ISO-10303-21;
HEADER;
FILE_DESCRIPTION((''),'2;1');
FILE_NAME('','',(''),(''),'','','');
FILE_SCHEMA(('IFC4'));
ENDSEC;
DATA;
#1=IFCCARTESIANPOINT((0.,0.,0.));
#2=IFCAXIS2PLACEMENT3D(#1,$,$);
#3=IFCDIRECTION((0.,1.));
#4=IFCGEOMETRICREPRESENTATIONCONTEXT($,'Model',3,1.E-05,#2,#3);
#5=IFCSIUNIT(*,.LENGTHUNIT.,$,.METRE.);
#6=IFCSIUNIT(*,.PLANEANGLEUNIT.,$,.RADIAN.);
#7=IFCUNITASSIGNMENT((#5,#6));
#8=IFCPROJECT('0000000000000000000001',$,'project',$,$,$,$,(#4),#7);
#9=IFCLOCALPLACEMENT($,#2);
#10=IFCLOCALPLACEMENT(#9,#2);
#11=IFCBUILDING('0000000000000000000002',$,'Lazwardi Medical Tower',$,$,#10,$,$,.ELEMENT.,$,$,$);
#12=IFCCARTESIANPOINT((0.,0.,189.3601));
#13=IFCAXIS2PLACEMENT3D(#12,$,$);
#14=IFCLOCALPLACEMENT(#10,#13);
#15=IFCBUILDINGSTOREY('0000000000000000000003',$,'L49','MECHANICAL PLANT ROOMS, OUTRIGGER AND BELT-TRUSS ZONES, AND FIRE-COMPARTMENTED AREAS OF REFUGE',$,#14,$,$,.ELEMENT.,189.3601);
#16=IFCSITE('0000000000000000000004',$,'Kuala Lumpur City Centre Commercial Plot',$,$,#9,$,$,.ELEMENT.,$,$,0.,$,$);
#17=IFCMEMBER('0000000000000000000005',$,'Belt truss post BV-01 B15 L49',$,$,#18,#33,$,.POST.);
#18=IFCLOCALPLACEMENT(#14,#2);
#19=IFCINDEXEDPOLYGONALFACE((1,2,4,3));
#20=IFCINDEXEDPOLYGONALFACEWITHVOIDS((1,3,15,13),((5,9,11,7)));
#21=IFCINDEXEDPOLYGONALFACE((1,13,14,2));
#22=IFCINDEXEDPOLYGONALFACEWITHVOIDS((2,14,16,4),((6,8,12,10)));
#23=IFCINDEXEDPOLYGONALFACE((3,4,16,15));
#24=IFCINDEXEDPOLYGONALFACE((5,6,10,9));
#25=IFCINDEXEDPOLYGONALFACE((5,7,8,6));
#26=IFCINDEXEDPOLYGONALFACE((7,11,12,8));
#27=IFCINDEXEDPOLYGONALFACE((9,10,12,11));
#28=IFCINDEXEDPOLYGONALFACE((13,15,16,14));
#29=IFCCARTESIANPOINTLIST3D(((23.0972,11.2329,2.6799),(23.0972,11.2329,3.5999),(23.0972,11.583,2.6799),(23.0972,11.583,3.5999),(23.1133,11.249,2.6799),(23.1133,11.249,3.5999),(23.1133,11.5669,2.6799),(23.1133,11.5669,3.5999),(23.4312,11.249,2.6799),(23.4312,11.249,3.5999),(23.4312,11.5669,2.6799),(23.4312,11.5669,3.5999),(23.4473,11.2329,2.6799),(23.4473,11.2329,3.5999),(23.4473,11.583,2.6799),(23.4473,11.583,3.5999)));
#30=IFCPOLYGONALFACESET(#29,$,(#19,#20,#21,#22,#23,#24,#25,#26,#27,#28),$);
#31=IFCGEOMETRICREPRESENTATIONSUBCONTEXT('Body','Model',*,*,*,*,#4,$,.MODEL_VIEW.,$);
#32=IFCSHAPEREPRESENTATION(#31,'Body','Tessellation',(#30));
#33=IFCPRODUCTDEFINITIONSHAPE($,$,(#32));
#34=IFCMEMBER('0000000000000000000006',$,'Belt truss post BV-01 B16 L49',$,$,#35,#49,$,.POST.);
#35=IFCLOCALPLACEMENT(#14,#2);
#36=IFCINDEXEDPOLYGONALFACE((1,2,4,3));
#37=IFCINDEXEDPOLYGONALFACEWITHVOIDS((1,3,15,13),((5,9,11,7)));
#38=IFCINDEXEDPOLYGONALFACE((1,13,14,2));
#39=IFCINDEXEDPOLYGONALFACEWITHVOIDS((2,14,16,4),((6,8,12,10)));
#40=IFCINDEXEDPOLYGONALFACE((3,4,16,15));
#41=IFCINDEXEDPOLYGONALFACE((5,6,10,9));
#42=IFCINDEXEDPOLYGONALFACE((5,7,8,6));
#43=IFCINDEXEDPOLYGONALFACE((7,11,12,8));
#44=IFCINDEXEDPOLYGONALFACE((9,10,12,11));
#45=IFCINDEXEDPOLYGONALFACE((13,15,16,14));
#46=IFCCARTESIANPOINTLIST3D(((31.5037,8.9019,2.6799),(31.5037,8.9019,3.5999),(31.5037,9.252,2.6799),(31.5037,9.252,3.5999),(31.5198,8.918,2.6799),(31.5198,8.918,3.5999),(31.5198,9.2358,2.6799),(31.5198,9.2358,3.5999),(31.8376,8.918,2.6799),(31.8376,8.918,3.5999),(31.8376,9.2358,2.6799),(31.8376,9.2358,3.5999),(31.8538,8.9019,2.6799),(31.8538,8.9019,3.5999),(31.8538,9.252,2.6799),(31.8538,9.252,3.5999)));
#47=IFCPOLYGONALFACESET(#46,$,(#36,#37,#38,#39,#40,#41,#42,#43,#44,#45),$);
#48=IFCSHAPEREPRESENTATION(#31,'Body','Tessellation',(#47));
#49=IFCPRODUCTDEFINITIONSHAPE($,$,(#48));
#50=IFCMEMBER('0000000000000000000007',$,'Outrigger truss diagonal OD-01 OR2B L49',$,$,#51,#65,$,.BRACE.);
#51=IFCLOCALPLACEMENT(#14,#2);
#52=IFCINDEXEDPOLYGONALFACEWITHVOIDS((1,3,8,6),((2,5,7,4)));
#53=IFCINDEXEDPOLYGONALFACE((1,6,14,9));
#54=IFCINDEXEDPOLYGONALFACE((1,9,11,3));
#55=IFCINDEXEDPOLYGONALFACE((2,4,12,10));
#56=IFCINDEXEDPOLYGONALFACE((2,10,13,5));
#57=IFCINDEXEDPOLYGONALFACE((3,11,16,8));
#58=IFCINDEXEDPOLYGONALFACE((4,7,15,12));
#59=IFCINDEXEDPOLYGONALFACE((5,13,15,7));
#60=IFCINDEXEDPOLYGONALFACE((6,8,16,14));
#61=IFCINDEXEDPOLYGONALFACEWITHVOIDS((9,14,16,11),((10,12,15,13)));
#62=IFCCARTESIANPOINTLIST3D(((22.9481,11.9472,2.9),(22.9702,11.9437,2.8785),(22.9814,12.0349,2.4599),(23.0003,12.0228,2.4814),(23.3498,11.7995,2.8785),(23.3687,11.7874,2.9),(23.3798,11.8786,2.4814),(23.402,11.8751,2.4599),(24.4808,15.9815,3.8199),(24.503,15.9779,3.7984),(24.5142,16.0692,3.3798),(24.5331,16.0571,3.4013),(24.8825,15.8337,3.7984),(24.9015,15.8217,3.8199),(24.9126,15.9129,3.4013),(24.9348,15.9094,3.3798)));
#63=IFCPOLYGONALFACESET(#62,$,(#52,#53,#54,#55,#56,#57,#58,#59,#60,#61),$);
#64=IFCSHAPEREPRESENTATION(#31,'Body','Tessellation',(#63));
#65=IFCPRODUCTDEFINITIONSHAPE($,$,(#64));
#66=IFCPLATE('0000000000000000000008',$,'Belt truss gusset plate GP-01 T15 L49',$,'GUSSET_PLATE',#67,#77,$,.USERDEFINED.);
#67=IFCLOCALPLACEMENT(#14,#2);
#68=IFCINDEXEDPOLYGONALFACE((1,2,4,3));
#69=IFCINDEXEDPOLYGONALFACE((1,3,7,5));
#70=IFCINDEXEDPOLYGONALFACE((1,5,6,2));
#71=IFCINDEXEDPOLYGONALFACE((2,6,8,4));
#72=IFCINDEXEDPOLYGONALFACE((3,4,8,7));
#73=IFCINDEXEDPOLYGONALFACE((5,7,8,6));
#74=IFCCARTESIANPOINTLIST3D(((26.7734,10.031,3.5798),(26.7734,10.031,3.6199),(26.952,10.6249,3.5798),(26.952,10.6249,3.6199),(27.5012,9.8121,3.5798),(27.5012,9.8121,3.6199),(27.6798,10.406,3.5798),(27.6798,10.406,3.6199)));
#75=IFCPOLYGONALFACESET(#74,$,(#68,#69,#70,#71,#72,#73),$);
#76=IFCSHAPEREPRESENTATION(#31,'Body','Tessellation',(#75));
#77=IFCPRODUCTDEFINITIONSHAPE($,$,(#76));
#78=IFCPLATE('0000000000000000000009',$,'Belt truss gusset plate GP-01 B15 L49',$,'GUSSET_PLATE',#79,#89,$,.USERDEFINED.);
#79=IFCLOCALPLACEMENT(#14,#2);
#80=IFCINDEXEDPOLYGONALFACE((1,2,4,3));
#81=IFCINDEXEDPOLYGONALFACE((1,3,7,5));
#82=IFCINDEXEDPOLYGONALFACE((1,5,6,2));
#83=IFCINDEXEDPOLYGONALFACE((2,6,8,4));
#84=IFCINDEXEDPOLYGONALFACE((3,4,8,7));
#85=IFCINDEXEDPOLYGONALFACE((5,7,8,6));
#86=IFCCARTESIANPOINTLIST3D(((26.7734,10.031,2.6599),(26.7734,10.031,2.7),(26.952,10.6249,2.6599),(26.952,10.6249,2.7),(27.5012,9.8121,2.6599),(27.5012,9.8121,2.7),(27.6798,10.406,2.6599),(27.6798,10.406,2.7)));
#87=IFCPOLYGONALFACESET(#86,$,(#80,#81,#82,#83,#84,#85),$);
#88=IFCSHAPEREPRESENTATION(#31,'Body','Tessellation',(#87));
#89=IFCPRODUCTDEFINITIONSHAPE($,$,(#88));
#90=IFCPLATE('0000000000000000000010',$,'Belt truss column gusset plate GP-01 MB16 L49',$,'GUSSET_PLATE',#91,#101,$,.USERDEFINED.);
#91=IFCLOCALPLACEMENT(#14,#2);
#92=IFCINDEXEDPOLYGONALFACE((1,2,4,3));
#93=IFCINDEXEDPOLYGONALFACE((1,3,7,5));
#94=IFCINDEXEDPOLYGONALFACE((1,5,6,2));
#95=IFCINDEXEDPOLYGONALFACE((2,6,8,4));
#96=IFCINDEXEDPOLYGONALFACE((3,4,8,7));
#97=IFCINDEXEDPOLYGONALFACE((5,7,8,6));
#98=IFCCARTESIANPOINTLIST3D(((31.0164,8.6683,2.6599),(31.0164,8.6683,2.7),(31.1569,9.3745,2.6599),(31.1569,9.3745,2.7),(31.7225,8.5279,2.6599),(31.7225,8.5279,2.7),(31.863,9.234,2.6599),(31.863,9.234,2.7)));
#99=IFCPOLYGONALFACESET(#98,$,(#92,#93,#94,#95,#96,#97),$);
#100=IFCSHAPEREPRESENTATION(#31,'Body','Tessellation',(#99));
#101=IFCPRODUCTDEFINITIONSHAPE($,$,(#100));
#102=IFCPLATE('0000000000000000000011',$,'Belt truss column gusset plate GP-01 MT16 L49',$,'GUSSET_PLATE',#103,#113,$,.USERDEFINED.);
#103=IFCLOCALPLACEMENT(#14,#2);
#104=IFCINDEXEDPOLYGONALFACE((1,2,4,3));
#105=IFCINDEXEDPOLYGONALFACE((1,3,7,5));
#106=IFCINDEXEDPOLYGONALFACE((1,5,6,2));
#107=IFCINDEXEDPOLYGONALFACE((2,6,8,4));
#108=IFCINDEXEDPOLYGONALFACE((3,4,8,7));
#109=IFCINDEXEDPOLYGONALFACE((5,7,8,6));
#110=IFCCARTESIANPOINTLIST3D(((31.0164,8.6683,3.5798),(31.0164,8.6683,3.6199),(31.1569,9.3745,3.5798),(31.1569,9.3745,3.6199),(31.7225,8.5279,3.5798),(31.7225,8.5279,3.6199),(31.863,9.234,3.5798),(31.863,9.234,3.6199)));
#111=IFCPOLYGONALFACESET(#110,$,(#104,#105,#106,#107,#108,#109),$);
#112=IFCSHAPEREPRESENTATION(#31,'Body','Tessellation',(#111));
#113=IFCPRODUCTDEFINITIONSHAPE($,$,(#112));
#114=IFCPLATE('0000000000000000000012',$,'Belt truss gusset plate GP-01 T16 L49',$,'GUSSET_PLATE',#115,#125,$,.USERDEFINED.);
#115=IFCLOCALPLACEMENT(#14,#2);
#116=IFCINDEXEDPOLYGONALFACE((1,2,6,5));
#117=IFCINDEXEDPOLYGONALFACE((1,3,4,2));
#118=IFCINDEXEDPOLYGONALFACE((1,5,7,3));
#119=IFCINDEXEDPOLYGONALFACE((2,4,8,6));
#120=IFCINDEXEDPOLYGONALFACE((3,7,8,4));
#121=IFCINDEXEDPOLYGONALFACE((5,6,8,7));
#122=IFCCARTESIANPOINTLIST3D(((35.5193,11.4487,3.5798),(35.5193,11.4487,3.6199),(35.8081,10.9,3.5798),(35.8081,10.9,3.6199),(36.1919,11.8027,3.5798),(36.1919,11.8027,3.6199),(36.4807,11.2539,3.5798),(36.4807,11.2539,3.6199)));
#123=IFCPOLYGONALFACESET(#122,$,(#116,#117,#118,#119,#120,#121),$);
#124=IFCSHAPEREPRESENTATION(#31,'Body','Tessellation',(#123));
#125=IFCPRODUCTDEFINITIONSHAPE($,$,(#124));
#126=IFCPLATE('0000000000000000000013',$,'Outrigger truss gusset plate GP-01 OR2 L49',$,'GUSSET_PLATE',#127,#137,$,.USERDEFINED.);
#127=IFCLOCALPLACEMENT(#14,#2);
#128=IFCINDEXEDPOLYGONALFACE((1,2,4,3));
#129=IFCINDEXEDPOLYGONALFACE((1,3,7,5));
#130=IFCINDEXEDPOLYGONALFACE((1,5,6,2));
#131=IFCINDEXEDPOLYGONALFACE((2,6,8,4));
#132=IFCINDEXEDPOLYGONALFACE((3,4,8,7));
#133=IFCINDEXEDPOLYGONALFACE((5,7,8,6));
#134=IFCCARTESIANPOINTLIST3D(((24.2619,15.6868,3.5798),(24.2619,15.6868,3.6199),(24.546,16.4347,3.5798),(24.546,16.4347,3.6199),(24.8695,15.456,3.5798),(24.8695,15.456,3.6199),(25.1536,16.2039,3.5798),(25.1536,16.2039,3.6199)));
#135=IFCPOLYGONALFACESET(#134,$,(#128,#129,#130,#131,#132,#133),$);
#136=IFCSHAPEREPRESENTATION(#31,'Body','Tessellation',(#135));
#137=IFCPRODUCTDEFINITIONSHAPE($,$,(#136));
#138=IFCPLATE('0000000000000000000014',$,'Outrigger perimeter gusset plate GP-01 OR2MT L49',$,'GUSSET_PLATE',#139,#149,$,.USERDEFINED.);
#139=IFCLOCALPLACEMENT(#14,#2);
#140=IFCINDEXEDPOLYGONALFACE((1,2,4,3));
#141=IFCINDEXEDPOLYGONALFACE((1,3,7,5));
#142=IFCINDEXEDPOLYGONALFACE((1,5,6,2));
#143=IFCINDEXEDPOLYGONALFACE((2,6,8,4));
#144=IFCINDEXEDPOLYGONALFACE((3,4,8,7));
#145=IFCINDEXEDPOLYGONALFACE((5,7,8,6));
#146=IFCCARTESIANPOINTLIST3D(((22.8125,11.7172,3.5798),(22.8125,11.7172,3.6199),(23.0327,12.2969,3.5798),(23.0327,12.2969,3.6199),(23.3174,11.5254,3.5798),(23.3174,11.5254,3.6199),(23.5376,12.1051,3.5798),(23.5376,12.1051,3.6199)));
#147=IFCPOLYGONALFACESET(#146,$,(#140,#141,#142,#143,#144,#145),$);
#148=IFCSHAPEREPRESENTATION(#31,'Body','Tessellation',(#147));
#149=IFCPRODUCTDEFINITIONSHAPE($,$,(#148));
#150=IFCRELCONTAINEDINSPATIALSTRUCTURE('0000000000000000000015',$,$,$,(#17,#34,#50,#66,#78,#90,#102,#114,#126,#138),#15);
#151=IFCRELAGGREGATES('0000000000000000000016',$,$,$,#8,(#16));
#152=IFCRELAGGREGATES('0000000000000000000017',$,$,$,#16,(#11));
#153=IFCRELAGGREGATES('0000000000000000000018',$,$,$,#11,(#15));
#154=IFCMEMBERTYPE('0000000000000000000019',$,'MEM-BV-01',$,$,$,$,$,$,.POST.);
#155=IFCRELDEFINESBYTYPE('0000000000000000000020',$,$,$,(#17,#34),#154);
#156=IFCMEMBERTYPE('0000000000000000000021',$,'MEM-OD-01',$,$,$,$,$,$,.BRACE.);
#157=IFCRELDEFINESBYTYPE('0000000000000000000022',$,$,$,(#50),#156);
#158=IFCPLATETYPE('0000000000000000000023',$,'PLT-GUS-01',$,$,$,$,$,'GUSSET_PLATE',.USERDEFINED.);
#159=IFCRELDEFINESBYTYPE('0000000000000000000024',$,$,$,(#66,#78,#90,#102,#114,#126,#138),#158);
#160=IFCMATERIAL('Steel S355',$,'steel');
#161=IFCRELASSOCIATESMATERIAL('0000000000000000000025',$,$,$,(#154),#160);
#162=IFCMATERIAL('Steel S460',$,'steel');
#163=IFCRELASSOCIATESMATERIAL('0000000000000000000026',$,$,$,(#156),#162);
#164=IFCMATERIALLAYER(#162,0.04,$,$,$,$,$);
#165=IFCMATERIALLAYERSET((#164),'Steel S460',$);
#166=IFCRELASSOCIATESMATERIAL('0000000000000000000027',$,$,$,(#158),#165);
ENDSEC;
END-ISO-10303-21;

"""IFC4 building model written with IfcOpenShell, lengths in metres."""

from ifc_helpers import new_model, si_unit, direction, frame, origin, origin_2d, place, context, subcontext, project, spatial, rectangle, hollow_rectangle, extrude, material, layer, layer_set, material_profile, profile_set, type_object, element, save


model = new_model("IFC4")

# Units and contexts
model_context = context("Model", 3, precision=1e-05, world=origin(), true_north=direction((0.0, 1.0)))
body_context = subcontext(model_context, "Body", "Model", "MODEL_VIEW")
ifc_project = project(units=[si_unit("LENGTHUNIT", "METRE"), si_unit("PLANEANGLEUNIT", "RADIAN")], contexts=[model_context])

# Site, building, storey
site_placement = place(None, origin())
site = spatial("IfcSite", under=ifc_project, at=site_placement, Name="Kuala Lumpur City Centre Commercial Plot", CompositionType="ELEMENT", RefElevation=0.0)
building_placement = place(site_placement, origin())
building = spatial("IfcBuilding", under=site, at=building_placement, Name="Lazwardi Medical Tower", CompositionType="ELEMENT")
storey_placement = place(building_placement, frame((0.0, 0.0, 189.3601)))
storey = spatial("IfcBuildingStorey", under=building, at=storey_placement, Name="L49", Description="MECHANICAL PLANT ROOMS, OUTRIGGER AND BELT-TRUSS ZONES, AND FIRE-COMPARTMENTED AREAS OF REFUGE", CompositionType="ELEMENT", Elevation=189.3601)

# Shared definitions
ifc_material_1 = material(Name="Steel S355", Category="steel")
ifc_material_2 = material(Name="Steel S460", Category="steel")

# Members
ifc_material_profile_1 = material_profile(ifc_material_1, hollow_rectangle(XDim=0.3501, YDim=0.3501, WallThickness=0.0161, at=origin_2d()), Name="RHS 350x350x16")
ifc_profile_set_1 = profile_set([ifc_material_profile_1], Name="Steel S355")
member_type_1 = type_object("IfcMemberType", Name="MEM-BV-01", PredefinedType="POST", material=ifc_profile_set_1)
for number, where, z_axis, x_axis, name in (
    (1, (23.2722, 11.408, 2.6799), (0.0, 0.0, 1.0), (1.0, 0.0, 0.0), "Belt truss post BV-01 B15 L49"),
    (2, (31.6787, 9.0769, 2.6799), (0.0, 0.0, 1.0), (1.0, 0.0, 0.0), "Belt truss post BV-01 B16 L49"),
):
    element("IfcMember", number, at=place(storey_placement, frame(where, z_axis=z_axis, x_axis=x_axis)), inside=storey, type_object=member_type_1, Name=name, PredefinedType="POST", context=body_context, shape_type="SweptSolid", body=[
        extrude(hollow_rectangle(XDim=0.3501, YDim=0.3501, WallThickness=0.0161, at=origin_2d()), origin(), (0.0, 0.0, 1.0), 0.9199),
    ])
ifc_material_profile_2 = material_profile(ifc_material_2, hollow_rectangle(XDim=0.45, YDim=0.45, WallThickness=0.022, at=origin_2d()), Name="RHS 450x450x22")
ifc_profile_set_2 = profile_set([ifc_material_profile_2], Name="Steel S460")
member_type_2 = type_object("IfcMemberType", Name="MEM-OD-01", PredefinedType="BRACE", material=ifc_profile_set_2)
member_1_placement = place(storey_placement, frame((23.175, 11.9111, 2.6799), z_axis=(0.347358, 0.914264, 0.208481), x_axis=(-0.934805, 0.355162, 0.0)))
element("IfcMember", 3, at=member_1_placement, inside=storey, type_object=member_type_2, Name="Outrigger truss diagonal OD-01 OR2B L49", PredefinedType="BRACE", context=body_context, shape_type="SweptSolid", body=[
    extrude(hollow_rectangle(XDim=0.45, YDim=0.45, WallThickness=0.022, at=origin_2d()), origin(), (0.0, 0.0, 1.0), 4.4126),
])

# Plates
ifc_layer = layer(ifc_material_2, 0.04)
ifc_layer_set = layer_set([ifc_layer], Name="Steel S460")
plate_type = type_object("IfcPlateType", Name="PLT-GUS-01", ElementType="GUSSET_PLATE", PredefinedType="USERDEFINED", material=ifc_layer_set)
for number, where, z_axis, x_axis, name in (
    (4, (27.2266, 10.2185, 3.5798), (0.0, 0.0, 1.0), (0.957622, -0.288029, 0.0), "Belt truss gusset plate GP-01 T15 L49"),
    (5, (27.2266, 10.2185, 2.6599), (0.0, 0.0, 1.0), (0.957622, -0.288029, 0.0), "Belt truss gusset plate GP-01 B15 L49"),
):
    element("IfcPlate", number, at=place(storey_placement, frame(where, z_axis=z_axis, x_axis=x_axis)), inside=storey, type_object=plate_type, Name=name, ObjectType="GUSSET_PLATE", PredefinedType="USERDEFINED", context=body_context, shape_type="SweptSolid", body=[
        extrude(rectangle(XDim=0.76, YDim=0.6201, at=origin_2d()), origin(), (0.0, 0.0, 1.0), 0.04),
    ])
for number, where, z_axis, x_axis, name in (
    (6, (31.4397, 8.9512, 2.6599), (0.0, 0.0, 1.0), (-0.19509, -0.980785, 0.0), "Belt truss column gusset plate GP-01 MB16 L49"),
    (7, (31.4397, 8.9512, 3.5798), (0.0, 0.0, 1.0), (-0.19509, -0.980785, 0.0), "Belt truss column gusset plate GP-01 MT16 L49"),
):
    element("IfcPlate", number, at=place(storey_placement, frame(where, z_axis=z_axis, x_axis=x_axis)), inside=storey, type_object=plate_type, Name=name, ObjectType="GUSSET_PLATE", PredefinedType="USERDEFINED", context=body_context, shape_type="SweptSolid", body=[
        extrude(rectangle(XDim=0.72, YDim=0.72, at=origin_2d()), origin(), (0.0, 0.0, 1.0), 0.04),
    ])
plate_1_placement = place(storey_placement, frame((36.0, 11.3513, 3.5798), z_axis=(0.0, 0.0, 1.0), x_axis=(0.884906, 0.465769, 0.0)))
element("IfcPlate", 8, at=plate_1_placement, inside=storey, type_object=plate_type, Name="Belt truss gusset plate GP-01 T16 L49", ObjectType="GUSSET_PLATE", PredefinedType="USERDEFINED", context=body_context, shape_type="SweptSolid", body=[
    extrude(rectangle(XDim=0.76, YDim=0.6201, at=origin_2d()), origin(), (0.0, 0.0, 1.0), 0.04),
])
plate_2_placement = place(storey_placement, frame((24.7078, 15.9453, 3.5798), z_axis=(0.0, 0.0, 1.0), x_axis=(-0.355107, -0.934826, 0.0)))
element("IfcPlate", 9, at=plate_2_placement, inside=storey, type_object=plate_type, Name="Outrigger truss gusset plate GP-01 OR2 L49", ObjectType="GUSSET_PLATE", PredefinedType="USERDEFINED", context=body_context, shape_type="SweptSolid", body=[
    extrude(rectangle(XDim=0.8, YDim=0.6499, at=origin_2d()), origin(), (0.0, 0.0, 1.0), 0.04),
])
plate_3_placement = place(storey_placement, frame((23.175, 11.9111, 3.5798), z_axis=(0.0, 0.0, 1.0), x_axis=(-0.355107, -0.934826, 0.0)))
element("IfcPlate", 10, at=plate_3_placement, inside=storey, type_object=plate_type, Name="Outrigger perimeter gusset plate GP-01 OR2MT L49", ObjectType="GUSSET_PLATE", PredefinedType="USERDEFINED", context=body_context, shape_type="SweptSolid", body=[
    extrude(rectangle(XDim=0.6201, YDim=0.54, at=origin_2d()), origin(), (0.0, 0.0, 1.0), 0.04),
])

save(model, "model.ifc")
